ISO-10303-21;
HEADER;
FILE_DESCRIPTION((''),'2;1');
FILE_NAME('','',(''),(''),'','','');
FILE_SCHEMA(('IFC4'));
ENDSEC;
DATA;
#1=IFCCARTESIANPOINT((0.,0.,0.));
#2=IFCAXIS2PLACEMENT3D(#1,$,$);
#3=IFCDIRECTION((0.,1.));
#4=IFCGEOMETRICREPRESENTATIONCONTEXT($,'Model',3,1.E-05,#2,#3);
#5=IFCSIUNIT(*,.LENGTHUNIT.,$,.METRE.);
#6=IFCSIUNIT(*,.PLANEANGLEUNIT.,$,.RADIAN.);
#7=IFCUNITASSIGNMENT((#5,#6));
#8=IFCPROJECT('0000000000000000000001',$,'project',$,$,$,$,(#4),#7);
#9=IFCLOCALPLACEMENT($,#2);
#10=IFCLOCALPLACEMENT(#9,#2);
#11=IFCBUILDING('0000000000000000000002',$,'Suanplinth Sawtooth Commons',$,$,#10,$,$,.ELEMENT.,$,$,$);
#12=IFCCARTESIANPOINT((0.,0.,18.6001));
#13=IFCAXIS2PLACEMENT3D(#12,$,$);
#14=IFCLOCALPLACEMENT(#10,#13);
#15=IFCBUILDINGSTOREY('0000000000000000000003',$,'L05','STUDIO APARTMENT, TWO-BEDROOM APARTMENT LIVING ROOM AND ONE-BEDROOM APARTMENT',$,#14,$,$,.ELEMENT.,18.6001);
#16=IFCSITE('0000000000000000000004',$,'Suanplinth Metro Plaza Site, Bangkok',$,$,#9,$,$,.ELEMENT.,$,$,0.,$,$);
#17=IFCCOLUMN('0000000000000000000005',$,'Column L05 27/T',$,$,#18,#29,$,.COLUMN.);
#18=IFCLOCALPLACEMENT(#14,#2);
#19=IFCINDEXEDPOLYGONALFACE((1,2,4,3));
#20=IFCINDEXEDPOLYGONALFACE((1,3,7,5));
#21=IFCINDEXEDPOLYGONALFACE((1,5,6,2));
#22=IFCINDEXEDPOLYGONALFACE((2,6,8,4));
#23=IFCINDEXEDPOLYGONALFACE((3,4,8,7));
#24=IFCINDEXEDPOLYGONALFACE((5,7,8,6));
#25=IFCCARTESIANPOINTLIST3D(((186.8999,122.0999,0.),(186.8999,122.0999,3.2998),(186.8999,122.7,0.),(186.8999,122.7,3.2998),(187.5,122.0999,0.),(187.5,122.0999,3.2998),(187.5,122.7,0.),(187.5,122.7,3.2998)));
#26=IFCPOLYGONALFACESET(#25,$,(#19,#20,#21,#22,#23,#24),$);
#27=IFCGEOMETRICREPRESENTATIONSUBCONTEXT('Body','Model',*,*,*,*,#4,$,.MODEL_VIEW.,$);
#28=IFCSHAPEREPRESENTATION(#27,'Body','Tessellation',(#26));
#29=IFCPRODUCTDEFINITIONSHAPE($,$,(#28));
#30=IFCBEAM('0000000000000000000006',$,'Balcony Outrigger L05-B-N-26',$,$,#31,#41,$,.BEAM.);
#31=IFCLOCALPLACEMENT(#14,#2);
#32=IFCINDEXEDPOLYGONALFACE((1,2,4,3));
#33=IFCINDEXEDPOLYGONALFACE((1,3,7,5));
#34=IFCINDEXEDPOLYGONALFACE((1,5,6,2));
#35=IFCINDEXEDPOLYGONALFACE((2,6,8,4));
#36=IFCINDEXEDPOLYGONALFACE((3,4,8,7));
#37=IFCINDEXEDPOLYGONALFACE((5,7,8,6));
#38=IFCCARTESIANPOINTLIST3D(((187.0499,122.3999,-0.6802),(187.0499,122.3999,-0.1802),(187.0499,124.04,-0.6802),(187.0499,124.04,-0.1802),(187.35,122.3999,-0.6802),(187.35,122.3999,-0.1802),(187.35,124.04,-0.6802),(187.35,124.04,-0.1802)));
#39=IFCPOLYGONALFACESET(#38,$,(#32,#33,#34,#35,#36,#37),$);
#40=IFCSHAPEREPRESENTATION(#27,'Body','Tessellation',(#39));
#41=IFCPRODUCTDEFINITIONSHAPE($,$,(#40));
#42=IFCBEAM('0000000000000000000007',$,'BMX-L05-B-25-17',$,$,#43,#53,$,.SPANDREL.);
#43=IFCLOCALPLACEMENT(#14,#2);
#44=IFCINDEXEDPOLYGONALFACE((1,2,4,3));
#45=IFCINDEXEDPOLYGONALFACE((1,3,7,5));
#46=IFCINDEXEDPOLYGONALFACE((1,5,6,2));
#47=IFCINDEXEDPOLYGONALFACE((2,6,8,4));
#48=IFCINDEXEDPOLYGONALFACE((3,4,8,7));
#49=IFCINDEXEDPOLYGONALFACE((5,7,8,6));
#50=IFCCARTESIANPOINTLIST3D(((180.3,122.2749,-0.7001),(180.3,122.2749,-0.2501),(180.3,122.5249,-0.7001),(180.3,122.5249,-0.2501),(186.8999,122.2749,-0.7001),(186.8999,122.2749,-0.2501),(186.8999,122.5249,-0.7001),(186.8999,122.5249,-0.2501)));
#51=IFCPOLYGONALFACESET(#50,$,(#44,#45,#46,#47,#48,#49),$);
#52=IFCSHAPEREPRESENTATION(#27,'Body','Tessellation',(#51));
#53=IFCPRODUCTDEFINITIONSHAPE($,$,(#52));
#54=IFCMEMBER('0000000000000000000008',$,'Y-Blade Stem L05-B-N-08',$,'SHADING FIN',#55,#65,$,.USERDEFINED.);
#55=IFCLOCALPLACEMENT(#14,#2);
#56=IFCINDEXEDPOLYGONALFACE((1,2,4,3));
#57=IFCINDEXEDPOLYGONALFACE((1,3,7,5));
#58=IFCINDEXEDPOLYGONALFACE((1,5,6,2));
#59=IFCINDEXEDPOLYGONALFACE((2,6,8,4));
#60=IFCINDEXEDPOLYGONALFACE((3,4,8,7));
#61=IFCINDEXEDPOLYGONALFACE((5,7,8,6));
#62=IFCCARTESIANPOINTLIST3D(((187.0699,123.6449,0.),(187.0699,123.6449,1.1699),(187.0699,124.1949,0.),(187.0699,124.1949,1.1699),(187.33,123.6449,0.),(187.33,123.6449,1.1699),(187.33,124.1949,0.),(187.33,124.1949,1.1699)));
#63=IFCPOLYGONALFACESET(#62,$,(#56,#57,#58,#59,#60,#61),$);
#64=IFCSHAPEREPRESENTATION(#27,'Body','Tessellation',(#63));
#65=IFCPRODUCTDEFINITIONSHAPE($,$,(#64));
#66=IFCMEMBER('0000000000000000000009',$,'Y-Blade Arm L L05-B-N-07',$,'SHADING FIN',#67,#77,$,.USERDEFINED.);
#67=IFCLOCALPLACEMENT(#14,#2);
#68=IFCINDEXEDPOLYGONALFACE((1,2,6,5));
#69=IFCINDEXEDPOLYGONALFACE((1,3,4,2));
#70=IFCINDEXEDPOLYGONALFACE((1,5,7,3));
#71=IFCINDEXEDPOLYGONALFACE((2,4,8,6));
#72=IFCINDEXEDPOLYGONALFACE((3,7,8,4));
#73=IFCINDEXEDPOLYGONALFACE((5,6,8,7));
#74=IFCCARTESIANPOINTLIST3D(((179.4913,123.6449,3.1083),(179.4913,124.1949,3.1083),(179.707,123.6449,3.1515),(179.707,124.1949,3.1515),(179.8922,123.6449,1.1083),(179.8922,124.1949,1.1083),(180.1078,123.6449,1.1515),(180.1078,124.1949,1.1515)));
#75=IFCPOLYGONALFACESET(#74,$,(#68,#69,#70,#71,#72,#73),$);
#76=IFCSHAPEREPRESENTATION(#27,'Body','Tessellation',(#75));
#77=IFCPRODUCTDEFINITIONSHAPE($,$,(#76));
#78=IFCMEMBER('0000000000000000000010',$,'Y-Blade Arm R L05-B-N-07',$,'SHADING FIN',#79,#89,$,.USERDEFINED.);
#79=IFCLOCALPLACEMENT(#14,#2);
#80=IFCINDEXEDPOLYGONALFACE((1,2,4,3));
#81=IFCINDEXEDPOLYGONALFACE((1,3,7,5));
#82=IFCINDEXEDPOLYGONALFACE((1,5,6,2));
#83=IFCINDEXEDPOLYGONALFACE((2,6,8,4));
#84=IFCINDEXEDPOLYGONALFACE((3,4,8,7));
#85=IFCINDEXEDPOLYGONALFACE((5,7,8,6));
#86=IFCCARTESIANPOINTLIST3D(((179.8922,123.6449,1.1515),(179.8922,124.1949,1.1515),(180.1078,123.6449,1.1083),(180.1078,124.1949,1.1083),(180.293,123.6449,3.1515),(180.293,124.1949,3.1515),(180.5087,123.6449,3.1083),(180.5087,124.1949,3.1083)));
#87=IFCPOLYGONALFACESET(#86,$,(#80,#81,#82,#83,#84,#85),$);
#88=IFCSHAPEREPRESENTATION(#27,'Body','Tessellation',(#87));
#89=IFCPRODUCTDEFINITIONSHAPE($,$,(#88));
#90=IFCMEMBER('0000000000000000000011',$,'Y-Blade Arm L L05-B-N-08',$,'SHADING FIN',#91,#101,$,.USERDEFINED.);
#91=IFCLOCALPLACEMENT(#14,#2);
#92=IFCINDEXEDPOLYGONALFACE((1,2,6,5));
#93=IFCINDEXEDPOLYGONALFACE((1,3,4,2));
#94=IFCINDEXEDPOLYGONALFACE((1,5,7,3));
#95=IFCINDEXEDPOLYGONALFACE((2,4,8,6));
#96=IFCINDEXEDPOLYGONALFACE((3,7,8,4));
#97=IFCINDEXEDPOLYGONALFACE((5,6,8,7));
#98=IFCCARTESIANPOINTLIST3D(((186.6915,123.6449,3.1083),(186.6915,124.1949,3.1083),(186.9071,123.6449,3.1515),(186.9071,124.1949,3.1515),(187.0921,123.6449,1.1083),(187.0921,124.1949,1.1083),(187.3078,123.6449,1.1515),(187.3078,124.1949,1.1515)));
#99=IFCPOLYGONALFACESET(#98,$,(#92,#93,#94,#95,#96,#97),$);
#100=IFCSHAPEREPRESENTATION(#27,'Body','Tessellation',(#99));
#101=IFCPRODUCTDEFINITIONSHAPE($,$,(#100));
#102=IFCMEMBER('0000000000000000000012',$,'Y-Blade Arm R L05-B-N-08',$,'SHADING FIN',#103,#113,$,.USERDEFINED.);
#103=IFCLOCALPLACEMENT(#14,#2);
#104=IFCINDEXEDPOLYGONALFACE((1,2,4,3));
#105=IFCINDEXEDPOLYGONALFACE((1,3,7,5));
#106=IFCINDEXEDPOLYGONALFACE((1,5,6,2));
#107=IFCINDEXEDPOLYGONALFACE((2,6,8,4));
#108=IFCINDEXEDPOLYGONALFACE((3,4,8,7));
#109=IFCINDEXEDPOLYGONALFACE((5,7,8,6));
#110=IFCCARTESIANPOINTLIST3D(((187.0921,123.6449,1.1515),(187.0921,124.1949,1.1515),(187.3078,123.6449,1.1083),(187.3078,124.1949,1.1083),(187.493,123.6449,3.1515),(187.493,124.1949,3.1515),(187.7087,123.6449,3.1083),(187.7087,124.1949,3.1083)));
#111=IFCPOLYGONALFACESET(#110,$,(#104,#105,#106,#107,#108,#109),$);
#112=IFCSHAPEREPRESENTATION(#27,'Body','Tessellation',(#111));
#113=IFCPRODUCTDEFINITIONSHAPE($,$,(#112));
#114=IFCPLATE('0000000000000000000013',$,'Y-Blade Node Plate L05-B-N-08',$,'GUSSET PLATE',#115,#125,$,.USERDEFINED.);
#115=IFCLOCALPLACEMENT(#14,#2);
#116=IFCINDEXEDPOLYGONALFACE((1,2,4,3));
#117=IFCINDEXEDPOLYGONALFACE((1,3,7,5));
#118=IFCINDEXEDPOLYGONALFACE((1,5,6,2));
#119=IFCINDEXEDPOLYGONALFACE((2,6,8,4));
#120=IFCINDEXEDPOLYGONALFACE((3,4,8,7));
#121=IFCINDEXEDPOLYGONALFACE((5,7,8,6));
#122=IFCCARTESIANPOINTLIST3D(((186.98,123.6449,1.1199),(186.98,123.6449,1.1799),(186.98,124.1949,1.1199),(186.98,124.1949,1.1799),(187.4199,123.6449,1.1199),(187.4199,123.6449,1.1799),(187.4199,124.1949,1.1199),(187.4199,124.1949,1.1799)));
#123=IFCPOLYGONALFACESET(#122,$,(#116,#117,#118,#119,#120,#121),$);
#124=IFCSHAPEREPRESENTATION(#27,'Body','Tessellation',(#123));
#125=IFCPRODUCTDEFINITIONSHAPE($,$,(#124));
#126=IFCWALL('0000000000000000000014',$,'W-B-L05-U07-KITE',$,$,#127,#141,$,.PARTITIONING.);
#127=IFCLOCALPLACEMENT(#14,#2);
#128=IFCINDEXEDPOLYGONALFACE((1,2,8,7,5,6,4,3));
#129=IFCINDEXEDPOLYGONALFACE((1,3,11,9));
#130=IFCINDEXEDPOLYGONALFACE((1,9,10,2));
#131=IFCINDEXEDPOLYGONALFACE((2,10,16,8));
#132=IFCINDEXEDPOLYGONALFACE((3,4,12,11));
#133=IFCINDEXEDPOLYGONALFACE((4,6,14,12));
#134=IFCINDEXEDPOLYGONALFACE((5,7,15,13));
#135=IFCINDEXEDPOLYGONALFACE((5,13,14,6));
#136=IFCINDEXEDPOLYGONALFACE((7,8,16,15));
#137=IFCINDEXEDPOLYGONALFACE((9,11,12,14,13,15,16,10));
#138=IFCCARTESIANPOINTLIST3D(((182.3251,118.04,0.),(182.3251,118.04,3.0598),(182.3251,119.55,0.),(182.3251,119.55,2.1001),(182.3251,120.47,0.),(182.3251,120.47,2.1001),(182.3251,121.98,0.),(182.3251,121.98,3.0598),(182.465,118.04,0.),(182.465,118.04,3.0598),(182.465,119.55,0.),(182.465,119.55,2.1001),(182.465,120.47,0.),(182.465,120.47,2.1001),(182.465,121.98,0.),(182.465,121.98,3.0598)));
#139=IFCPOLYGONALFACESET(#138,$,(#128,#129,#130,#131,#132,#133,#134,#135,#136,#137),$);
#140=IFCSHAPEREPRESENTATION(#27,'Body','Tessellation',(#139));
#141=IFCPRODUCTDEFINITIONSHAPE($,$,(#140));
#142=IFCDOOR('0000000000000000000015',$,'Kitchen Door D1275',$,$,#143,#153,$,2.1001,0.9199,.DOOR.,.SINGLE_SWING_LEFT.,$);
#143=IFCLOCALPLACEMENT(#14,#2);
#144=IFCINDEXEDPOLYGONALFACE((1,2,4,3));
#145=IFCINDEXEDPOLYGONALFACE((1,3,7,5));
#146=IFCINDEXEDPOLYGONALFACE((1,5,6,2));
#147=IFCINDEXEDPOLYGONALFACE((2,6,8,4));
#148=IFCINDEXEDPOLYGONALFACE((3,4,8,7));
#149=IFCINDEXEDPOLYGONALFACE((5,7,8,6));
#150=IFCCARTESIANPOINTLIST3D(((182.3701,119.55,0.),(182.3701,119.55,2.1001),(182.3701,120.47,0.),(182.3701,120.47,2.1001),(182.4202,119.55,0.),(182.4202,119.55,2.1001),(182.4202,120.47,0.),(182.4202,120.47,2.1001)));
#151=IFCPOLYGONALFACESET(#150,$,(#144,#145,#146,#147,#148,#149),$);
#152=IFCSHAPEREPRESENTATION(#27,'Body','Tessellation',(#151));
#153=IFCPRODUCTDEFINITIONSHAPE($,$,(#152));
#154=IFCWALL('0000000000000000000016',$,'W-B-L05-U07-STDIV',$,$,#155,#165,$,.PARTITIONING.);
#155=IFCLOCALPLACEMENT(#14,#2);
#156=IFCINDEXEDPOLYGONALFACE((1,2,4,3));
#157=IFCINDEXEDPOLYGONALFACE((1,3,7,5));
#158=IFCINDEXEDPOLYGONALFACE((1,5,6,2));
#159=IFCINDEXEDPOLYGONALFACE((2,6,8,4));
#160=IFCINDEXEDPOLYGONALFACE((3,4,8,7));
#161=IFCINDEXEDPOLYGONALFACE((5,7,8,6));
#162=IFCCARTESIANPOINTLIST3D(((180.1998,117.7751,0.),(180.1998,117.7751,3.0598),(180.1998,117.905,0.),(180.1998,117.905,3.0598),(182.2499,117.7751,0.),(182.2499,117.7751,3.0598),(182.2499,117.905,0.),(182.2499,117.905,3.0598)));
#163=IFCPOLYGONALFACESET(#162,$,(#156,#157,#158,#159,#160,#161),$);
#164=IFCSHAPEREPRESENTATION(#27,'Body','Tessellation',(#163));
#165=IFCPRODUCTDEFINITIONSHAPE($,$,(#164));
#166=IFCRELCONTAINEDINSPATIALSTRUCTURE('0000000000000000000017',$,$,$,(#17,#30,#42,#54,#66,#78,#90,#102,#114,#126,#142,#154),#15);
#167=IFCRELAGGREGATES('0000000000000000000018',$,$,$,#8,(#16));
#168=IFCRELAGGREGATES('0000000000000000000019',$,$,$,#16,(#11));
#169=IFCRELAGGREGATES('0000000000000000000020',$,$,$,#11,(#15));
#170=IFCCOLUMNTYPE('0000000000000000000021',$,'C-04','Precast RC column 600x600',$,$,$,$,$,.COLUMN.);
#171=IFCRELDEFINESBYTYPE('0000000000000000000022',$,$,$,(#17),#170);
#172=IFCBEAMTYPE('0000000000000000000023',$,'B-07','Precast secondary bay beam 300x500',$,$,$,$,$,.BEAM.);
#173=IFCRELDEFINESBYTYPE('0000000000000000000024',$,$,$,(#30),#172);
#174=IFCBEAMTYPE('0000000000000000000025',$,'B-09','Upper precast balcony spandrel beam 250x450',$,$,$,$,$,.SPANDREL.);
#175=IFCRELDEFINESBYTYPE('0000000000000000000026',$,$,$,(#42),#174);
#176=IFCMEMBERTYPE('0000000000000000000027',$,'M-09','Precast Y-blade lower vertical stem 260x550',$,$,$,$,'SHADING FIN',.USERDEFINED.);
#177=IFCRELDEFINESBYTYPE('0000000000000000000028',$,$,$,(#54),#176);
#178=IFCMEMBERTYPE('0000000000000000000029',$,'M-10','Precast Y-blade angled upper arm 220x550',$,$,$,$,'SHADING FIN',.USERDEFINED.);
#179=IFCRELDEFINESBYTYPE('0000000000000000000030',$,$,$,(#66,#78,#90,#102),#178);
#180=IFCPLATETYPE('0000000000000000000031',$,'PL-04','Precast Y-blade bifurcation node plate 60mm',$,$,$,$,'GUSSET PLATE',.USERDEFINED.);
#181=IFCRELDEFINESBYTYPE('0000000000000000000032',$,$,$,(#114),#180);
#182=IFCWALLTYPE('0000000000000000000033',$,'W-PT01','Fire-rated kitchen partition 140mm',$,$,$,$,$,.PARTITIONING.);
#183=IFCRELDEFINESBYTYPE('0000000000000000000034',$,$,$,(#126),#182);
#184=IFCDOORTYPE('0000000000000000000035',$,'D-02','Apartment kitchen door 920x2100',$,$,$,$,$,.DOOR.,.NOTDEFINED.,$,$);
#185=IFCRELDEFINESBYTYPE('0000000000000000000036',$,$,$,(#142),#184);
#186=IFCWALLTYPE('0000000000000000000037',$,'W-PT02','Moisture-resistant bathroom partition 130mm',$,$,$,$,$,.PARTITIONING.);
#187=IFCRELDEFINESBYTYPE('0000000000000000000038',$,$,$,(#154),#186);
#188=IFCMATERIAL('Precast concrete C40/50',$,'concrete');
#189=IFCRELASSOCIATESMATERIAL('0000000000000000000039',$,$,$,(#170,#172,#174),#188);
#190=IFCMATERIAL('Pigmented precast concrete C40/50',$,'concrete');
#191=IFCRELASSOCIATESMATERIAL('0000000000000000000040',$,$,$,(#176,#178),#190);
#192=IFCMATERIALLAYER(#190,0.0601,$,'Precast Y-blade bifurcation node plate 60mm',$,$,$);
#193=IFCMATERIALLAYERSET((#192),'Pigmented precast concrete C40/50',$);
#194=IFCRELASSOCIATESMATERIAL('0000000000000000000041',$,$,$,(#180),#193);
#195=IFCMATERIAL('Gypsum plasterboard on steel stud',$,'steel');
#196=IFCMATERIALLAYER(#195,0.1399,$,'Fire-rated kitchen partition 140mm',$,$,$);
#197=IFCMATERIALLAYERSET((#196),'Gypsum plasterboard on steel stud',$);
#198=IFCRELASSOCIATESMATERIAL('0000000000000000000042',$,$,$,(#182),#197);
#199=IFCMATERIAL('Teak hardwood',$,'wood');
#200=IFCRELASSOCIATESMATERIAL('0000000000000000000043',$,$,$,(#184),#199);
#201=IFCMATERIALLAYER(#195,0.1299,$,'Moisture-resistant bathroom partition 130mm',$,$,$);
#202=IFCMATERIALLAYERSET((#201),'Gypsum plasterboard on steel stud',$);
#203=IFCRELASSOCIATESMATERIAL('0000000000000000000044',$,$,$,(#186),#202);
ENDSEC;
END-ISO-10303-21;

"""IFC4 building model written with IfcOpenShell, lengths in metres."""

from ifc_helpers import new_model, si_unit, direction, frame, frame_2d, origin, origin_2d, place, context, subcontext, project, spatial, rectangle, extrude, material, layer, layer_set, material_profile, profile_set, type_object, element, fill, save


model = new_model("IFC4")

# Units and contexts
model_context = context("Model", 3, precision=1e-05, world=origin(), true_north=direction((0.0, 1.0)))
body_context = subcontext(model_context, "Body", "Model", "MODEL_VIEW")
ifc_project = project(units=[si_unit("LENGTHUNIT", "METRE"), si_unit("PLANEANGLEUNIT", "RADIAN")], contexts=[model_context])

# Site, building, storey
site_placement = place(None, origin())
site = spatial("IfcSite", under=ifc_project, at=site_placement, Name="Suanplinth Metro Plaza Site, Bangkok", CompositionType="ELEMENT", RefElevation=0.0)
building_placement = place(site_placement, origin())
building = spatial("IfcBuilding", under=site, at=building_placement, Name="Suanplinth Sawtooth Commons", CompositionType="ELEMENT")
storey_placement = place(building_placement, frame((0.0, 0.0, 18.6001)))
storey = spatial("IfcBuildingStorey", under=building, at=storey_placement, Name="L05", Description="STUDIO APARTMENT, TWO-BEDROOM APARTMENT LIVING ROOM AND ONE-BEDROOM APARTMENT", CompositionType="ELEMENT", Elevation=18.6001)

# Column
ifc_material_1 = material(Name="Precast concrete C40/50", Category="concrete")
ifc_material_profile_1 = material_profile(ifc_material_1, rectangle(XDim=0.6001, YDim=0.6001, at=origin_2d()), Name="PC-COL 600x600")
ifc_profile_set_1 = profile_set([ifc_material_profile_1], Name="Precast concrete C40/50")
column_type = type_object("IfcColumnType", Name="C-04", Description="Precast RC column 600x600", PredefinedType="COLUMN", material=ifc_profile_set_1)
column_placement = place(storey_placement, frame((187.2, 122.3999, 0.0), z_axis=(0.0, 0.0, 1.0), x_axis=(1.0, 0.0, 0.0)))
element("IfcColumn", 1, at=column_placement, inside=storey, type_object=column_type, Name="Column L05 27/T", PredefinedType="COLUMN", context=body_context, shape_type="SweptSolid", body=[
    extrude(rectangle(XDim=0.6001, YDim=0.6001, at=origin_2d()), origin(), (0.0, 0.0, 1.0), 3.2998),
])

# Beams
ifc_material_profile_2 = material_profile(ifc_material_1, rectangle(XDim=0.3, YDim=0.5, at=origin_2d()), Name="PC-BM 300x500")
ifc_profile_set_2 = profile_set([ifc_material_profile_2], Name="Precast concrete C40/50")
beam_type_1 = type_object("IfcBeamType", Name="B-07", Description="Precast secondary bay beam 300x500", PredefinedType="BEAM", material=ifc_profile_set_2)
beam_1_placement = place(storey_placement, frame((187.2, 122.3999, -0.4302), z_axis=(0.0, 1.0, 0.0), x_axis=(-1.0, 0.0, 0.0)))
element("IfcBeam", 2, at=beam_1_placement, inside=storey, type_object=beam_type_1, Name="Balcony Outrigger L05-B-N-26", PredefinedType="BEAM", context=body_context, shape_type="SweptSolid", body=[
    extrude(rectangle(XDim=0.3, YDim=0.5, at=origin_2d()), origin(), (0.0, 0.0, 1.0), 1.6401),
])
ifc_material_profile_3 = material_profile(ifc_material_1, rectangle(XDim=0.25, YDim=0.45, at=origin_2d()), Name="PC-SP 250x450")
ifc_profile_set_3 = profile_set([ifc_material_profile_3], Name="Precast concrete C40/50")
beam_type_2 = type_object("IfcBeamType", Name="B-09", Description="Upper precast balcony spandrel beam 250x450", PredefinedType="SPANDREL", material=ifc_profile_set_3)
beam_2_placement = place(storey_placement, frame((180.3, 122.3999, -0.4751), z_axis=(1.0, 0.0, 0.0), x_axis=(0.0, 1.0, 0.0)))
element("IfcBeam", 3, at=beam_2_placement, inside=storey, type_object=beam_type_2, Name="BMX-L05-B-25-17", PredefinedType="SPANDREL", context=body_context, shape_type="SweptSolid", body=[
    extrude(rectangle(XDim=0.25, YDim=0.45, at=origin_2d()), origin(), (0.0, 0.0, 1.0), 6.5999),
])

# Members
ifc_material_2 = material(Name="Pigmented precast concrete C40/50", Category="concrete")
ifc_material_profile_4 = material_profile(ifc_material_2, rectangle(XDim=0.26, YDim=0.55, at=origin_2d()), Name="PC-FIN 260x550")
ifc_profile_set_4 = profile_set([ifc_material_profile_4], Name="Pigmented precast concrete C40/50")
member_type_1 = type_object("IfcMemberType", Name="M-09", Description="Precast Y-blade lower vertical stem 260x550", ElementType="SHADING FIN", PredefinedType="USERDEFINED", material=ifc_profile_set_4)
member_placement = place(storey_placement, frame((187.2, 123.9199, 0.0), z_axis=(0.0, 0.0, 1.0), x_axis=(1.0, 0.0, 0.0)))
element("IfcMember", 4, at=member_placement, inside=storey, type_object=member_type_1, Name="Y-Blade Stem L05-B-N-08", ObjectType="SHADING FIN", PredefinedType="USERDEFINED", context=body_context, shape_type="SweptSolid", body=[
    extrude(rectangle(XDim=0.26, YDim=0.55, at=origin_2d()), origin(), (0.0, 0.0, 1.0), 1.1699),
])
ifc_material_profile_5 = material_profile(ifc_material_2, rectangle(XDim=0.22, YDim=0.55, at=origin_2d()), Name="PC-FIN 220x550")
ifc_profile_set_5 = profile_set([ifc_material_profile_5], Name="Pigmented precast concrete C40/50")
member_type_2 = type_object("IfcMemberType", Name="M-10", Description="Precast Y-blade angled upper arm 220x550", ElementType="SHADING FIN", PredefinedType="USERDEFINED", material=ifc_profile_set_5)
for number, where, z_axis, x_axis, name in (
    (5, (180.0, 123.9199, 1.1299), (-0.19653, 0.0, 0.980498), (0.980498, 0.0, 0.19653), "Y-Blade Arm L L05-B-N-07"),
    (6, (180.0, 123.9199, 1.1299), (0.19653, 0.0, 0.980498), (-0.980498, 0.0, 0.19653), "Y-Blade Arm R L05-B-N-07"),
    (7, (187.2, 123.9199, 1.1299), (-0.196415, 0.0, 0.980521), (0.980521, 0.0, 0.196415), "Y-Blade Arm L L05-B-N-08"),
    (8, (187.2, 123.9199, 1.1299), (0.19653, 0.0, 0.980498), (-0.980498, 0.0, 0.19653), "Y-Blade Arm R L05-B-N-08"),
):
    element("IfcMember", number, at=place(storey_placement, frame(where, z_axis=z_axis, x_axis=x_axis)), inside=storey, type_object=member_type_2, Name=name, ObjectType="SHADING FIN", PredefinedType="USERDEFINED", context=body_context, shape_type="SweptSolid", body=[
        extrude(rectangle(XDim=0.22, YDim=0.55, at=origin_2d()), origin(), (0.0, 0.0, 1.0), 2.0398),
    ])

# Plate
ifc_layer_1 = layer(ifc_material_2, 0.0601, Name="Precast Y-blade bifurcation node plate 60mm")
ifc_layer_set_1 = layer_set([ifc_layer_1], Name="Pigmented precast concrete C40/50")
plate_type = type_object("IfcPlateType", Name="PL-04", Description="Precast Y-blade bifurcation node plate 60mm", ElementType="GUSSET PLATE", PredefinedType="USERDEFINED", material=ifc_layer_set_1)
plate_placement = place(storey_placement, frame((187.2, 123.9199, 1.1199), z_axis=(0.0, 0.0, 1.0), x_axis=(1.0, 0.0, 0.0)))
element("IfcPlate", 9, at=plate_placement, inside=storey, type_object=plate_type, Name="Y-Blade Node Plate L05-B-N-08", ObjectType="GUSSET PLATE", PredefinedType="USERDEFINED", context=body_context, shape_type="SweptSolid", body=[
    extrude(rectangle(XDim=0.4399, YDim=0.55, at=origin_2d()), origin(), (0.0, 0.0, 1.0), 0.0601),
])

# Wall, opening, door
ifc_material_3 = material(Name="Gypsum plasterboard on steel stud", Category="steel")
ifc_layer_2 = layer(ifc_material_3, 0.1399, Name="Fire-rated kitchen partition 140mm")
ifc_layer_set_2 = layer_set([ifc_layer_2], Name="Gypsum plasterboard on steel stud")
wall_type_1 = type_object("IfcWallType", Name="W-PT01", Description="Fire-rated kitchen partition 140mm", PredefinedType="PARTITIONING", material=ifc_layer_set_2)
wall_1_placement = place(storey_placement, frame((182.395, 118.04, 0.0), z_axis=(0.0, 0.0, 1.0), x_axis=(0.0, 1.0, 0.0)))
wall_1 = element("IfcWall", 10, at=wall_1_placement, inside=storey, type_object=wall_type_1, Name="W-B-L05-U07-KITE", PredefinedType="PARTITIONING", context=body_context, shape_type="SweptSolid", body=[
    extrude(rectangle(XDim=3.9399, YDim=0.1399, at=frame_2d((1.97, 0.0))), origin(), (0.0, 0.0, 1.0), 3.0598),
])
opening_1_placement = place(wall_1_placement, frame((1.51, 0.0, 0.0)))
opening_1 = element("IfcOpeningElement", 11, at=opening_1_placement, cuts=wall_1, PredefinedType="OPENING", context=body_context, shape_type="SweptSolid", body=[
    extrude(rectangle(XDim=0.9199, YDim=2.1001, at=frame_2d((0.46, 1.05))), frame((0.0, 0.085, 0.0), z_axis=(0.0, -1.0, 0.0), x_axis=(1.0, 0.0, 0.0)), (0.0, 0.0, 1.0), 0.1697),
])
ifc_material_4 = material(Name="Teak hardwood", Category="wood")
door_type_1 = type_object("IfcDoorType", Name="D-02", Description="Apartment kitchen door 920x2100", OperationType="NOTDEFINED", PredefinedType="DOOR", material=ifc_material_4)
door_1_placement = place(opening_1_placement, origin())
door_1 = element("IfcDoor", 12, at=door_1_placement, inside=storey, type_object=door_type_1, Name="Kitchen Door D1275", OperationType="SINGLE_SWING_LEFT", OverallHeight=2.1001, OverallWidth=0.9199, PredefinedType="DOOR", context=body_context, shape_type="SweptSolid", body=[
    extrude(rectangle(XDim=0.9199, YDim=2.1001, at=frame_2d((0.46, 1.05))), frame((0.0, 0.0249, 0.0), z_axis=(0.0, -1.0, 0.0), x_axis=(1.0, 0.0, 0.0)), (0.0, 0.0, 1.0), 0.05),
])
fill(opening_1, door_1)

# Wall
ifc_layer_3 = layer(ifc_material_3, 0.1299, Name="Moisture-resistant bathroom partition 130mm")
ifc_layer_set_3 = layer_set([ifc_layer_3], Name="Gypsum plasterboard on steel stud")
wall_type_2 = type_object("IfcWallType", Name="W-PT02", Description="Moisture-resistant bathroom partition 130mm", PredefinedType="PARTITIONING", material=ifc_layer_set_3)
wall_2_placement = place(storey_placement, frame((180.2, 117.8401, 0.0), z_axis=(0.0, 0.0, 1.0), x_axis=(1.0, 0.0, 0.0)))
element("IfcWall", 13, at=wall_2_placement, inside=storey, type_object=wall_type_2, Name="W-B-L05-U07-STDIV", PredefinedType="PARTITIONING", context=body_context, shape_type="SweptSolid", body=[
    extrude(rectangle(XDim=2.05, YDim=0.1299, at=frame_2d((1.0249, 0.0))), origin(), (0.0, 0.0, 1.0), 3.0598),
])

save(model, "model.ifc")
